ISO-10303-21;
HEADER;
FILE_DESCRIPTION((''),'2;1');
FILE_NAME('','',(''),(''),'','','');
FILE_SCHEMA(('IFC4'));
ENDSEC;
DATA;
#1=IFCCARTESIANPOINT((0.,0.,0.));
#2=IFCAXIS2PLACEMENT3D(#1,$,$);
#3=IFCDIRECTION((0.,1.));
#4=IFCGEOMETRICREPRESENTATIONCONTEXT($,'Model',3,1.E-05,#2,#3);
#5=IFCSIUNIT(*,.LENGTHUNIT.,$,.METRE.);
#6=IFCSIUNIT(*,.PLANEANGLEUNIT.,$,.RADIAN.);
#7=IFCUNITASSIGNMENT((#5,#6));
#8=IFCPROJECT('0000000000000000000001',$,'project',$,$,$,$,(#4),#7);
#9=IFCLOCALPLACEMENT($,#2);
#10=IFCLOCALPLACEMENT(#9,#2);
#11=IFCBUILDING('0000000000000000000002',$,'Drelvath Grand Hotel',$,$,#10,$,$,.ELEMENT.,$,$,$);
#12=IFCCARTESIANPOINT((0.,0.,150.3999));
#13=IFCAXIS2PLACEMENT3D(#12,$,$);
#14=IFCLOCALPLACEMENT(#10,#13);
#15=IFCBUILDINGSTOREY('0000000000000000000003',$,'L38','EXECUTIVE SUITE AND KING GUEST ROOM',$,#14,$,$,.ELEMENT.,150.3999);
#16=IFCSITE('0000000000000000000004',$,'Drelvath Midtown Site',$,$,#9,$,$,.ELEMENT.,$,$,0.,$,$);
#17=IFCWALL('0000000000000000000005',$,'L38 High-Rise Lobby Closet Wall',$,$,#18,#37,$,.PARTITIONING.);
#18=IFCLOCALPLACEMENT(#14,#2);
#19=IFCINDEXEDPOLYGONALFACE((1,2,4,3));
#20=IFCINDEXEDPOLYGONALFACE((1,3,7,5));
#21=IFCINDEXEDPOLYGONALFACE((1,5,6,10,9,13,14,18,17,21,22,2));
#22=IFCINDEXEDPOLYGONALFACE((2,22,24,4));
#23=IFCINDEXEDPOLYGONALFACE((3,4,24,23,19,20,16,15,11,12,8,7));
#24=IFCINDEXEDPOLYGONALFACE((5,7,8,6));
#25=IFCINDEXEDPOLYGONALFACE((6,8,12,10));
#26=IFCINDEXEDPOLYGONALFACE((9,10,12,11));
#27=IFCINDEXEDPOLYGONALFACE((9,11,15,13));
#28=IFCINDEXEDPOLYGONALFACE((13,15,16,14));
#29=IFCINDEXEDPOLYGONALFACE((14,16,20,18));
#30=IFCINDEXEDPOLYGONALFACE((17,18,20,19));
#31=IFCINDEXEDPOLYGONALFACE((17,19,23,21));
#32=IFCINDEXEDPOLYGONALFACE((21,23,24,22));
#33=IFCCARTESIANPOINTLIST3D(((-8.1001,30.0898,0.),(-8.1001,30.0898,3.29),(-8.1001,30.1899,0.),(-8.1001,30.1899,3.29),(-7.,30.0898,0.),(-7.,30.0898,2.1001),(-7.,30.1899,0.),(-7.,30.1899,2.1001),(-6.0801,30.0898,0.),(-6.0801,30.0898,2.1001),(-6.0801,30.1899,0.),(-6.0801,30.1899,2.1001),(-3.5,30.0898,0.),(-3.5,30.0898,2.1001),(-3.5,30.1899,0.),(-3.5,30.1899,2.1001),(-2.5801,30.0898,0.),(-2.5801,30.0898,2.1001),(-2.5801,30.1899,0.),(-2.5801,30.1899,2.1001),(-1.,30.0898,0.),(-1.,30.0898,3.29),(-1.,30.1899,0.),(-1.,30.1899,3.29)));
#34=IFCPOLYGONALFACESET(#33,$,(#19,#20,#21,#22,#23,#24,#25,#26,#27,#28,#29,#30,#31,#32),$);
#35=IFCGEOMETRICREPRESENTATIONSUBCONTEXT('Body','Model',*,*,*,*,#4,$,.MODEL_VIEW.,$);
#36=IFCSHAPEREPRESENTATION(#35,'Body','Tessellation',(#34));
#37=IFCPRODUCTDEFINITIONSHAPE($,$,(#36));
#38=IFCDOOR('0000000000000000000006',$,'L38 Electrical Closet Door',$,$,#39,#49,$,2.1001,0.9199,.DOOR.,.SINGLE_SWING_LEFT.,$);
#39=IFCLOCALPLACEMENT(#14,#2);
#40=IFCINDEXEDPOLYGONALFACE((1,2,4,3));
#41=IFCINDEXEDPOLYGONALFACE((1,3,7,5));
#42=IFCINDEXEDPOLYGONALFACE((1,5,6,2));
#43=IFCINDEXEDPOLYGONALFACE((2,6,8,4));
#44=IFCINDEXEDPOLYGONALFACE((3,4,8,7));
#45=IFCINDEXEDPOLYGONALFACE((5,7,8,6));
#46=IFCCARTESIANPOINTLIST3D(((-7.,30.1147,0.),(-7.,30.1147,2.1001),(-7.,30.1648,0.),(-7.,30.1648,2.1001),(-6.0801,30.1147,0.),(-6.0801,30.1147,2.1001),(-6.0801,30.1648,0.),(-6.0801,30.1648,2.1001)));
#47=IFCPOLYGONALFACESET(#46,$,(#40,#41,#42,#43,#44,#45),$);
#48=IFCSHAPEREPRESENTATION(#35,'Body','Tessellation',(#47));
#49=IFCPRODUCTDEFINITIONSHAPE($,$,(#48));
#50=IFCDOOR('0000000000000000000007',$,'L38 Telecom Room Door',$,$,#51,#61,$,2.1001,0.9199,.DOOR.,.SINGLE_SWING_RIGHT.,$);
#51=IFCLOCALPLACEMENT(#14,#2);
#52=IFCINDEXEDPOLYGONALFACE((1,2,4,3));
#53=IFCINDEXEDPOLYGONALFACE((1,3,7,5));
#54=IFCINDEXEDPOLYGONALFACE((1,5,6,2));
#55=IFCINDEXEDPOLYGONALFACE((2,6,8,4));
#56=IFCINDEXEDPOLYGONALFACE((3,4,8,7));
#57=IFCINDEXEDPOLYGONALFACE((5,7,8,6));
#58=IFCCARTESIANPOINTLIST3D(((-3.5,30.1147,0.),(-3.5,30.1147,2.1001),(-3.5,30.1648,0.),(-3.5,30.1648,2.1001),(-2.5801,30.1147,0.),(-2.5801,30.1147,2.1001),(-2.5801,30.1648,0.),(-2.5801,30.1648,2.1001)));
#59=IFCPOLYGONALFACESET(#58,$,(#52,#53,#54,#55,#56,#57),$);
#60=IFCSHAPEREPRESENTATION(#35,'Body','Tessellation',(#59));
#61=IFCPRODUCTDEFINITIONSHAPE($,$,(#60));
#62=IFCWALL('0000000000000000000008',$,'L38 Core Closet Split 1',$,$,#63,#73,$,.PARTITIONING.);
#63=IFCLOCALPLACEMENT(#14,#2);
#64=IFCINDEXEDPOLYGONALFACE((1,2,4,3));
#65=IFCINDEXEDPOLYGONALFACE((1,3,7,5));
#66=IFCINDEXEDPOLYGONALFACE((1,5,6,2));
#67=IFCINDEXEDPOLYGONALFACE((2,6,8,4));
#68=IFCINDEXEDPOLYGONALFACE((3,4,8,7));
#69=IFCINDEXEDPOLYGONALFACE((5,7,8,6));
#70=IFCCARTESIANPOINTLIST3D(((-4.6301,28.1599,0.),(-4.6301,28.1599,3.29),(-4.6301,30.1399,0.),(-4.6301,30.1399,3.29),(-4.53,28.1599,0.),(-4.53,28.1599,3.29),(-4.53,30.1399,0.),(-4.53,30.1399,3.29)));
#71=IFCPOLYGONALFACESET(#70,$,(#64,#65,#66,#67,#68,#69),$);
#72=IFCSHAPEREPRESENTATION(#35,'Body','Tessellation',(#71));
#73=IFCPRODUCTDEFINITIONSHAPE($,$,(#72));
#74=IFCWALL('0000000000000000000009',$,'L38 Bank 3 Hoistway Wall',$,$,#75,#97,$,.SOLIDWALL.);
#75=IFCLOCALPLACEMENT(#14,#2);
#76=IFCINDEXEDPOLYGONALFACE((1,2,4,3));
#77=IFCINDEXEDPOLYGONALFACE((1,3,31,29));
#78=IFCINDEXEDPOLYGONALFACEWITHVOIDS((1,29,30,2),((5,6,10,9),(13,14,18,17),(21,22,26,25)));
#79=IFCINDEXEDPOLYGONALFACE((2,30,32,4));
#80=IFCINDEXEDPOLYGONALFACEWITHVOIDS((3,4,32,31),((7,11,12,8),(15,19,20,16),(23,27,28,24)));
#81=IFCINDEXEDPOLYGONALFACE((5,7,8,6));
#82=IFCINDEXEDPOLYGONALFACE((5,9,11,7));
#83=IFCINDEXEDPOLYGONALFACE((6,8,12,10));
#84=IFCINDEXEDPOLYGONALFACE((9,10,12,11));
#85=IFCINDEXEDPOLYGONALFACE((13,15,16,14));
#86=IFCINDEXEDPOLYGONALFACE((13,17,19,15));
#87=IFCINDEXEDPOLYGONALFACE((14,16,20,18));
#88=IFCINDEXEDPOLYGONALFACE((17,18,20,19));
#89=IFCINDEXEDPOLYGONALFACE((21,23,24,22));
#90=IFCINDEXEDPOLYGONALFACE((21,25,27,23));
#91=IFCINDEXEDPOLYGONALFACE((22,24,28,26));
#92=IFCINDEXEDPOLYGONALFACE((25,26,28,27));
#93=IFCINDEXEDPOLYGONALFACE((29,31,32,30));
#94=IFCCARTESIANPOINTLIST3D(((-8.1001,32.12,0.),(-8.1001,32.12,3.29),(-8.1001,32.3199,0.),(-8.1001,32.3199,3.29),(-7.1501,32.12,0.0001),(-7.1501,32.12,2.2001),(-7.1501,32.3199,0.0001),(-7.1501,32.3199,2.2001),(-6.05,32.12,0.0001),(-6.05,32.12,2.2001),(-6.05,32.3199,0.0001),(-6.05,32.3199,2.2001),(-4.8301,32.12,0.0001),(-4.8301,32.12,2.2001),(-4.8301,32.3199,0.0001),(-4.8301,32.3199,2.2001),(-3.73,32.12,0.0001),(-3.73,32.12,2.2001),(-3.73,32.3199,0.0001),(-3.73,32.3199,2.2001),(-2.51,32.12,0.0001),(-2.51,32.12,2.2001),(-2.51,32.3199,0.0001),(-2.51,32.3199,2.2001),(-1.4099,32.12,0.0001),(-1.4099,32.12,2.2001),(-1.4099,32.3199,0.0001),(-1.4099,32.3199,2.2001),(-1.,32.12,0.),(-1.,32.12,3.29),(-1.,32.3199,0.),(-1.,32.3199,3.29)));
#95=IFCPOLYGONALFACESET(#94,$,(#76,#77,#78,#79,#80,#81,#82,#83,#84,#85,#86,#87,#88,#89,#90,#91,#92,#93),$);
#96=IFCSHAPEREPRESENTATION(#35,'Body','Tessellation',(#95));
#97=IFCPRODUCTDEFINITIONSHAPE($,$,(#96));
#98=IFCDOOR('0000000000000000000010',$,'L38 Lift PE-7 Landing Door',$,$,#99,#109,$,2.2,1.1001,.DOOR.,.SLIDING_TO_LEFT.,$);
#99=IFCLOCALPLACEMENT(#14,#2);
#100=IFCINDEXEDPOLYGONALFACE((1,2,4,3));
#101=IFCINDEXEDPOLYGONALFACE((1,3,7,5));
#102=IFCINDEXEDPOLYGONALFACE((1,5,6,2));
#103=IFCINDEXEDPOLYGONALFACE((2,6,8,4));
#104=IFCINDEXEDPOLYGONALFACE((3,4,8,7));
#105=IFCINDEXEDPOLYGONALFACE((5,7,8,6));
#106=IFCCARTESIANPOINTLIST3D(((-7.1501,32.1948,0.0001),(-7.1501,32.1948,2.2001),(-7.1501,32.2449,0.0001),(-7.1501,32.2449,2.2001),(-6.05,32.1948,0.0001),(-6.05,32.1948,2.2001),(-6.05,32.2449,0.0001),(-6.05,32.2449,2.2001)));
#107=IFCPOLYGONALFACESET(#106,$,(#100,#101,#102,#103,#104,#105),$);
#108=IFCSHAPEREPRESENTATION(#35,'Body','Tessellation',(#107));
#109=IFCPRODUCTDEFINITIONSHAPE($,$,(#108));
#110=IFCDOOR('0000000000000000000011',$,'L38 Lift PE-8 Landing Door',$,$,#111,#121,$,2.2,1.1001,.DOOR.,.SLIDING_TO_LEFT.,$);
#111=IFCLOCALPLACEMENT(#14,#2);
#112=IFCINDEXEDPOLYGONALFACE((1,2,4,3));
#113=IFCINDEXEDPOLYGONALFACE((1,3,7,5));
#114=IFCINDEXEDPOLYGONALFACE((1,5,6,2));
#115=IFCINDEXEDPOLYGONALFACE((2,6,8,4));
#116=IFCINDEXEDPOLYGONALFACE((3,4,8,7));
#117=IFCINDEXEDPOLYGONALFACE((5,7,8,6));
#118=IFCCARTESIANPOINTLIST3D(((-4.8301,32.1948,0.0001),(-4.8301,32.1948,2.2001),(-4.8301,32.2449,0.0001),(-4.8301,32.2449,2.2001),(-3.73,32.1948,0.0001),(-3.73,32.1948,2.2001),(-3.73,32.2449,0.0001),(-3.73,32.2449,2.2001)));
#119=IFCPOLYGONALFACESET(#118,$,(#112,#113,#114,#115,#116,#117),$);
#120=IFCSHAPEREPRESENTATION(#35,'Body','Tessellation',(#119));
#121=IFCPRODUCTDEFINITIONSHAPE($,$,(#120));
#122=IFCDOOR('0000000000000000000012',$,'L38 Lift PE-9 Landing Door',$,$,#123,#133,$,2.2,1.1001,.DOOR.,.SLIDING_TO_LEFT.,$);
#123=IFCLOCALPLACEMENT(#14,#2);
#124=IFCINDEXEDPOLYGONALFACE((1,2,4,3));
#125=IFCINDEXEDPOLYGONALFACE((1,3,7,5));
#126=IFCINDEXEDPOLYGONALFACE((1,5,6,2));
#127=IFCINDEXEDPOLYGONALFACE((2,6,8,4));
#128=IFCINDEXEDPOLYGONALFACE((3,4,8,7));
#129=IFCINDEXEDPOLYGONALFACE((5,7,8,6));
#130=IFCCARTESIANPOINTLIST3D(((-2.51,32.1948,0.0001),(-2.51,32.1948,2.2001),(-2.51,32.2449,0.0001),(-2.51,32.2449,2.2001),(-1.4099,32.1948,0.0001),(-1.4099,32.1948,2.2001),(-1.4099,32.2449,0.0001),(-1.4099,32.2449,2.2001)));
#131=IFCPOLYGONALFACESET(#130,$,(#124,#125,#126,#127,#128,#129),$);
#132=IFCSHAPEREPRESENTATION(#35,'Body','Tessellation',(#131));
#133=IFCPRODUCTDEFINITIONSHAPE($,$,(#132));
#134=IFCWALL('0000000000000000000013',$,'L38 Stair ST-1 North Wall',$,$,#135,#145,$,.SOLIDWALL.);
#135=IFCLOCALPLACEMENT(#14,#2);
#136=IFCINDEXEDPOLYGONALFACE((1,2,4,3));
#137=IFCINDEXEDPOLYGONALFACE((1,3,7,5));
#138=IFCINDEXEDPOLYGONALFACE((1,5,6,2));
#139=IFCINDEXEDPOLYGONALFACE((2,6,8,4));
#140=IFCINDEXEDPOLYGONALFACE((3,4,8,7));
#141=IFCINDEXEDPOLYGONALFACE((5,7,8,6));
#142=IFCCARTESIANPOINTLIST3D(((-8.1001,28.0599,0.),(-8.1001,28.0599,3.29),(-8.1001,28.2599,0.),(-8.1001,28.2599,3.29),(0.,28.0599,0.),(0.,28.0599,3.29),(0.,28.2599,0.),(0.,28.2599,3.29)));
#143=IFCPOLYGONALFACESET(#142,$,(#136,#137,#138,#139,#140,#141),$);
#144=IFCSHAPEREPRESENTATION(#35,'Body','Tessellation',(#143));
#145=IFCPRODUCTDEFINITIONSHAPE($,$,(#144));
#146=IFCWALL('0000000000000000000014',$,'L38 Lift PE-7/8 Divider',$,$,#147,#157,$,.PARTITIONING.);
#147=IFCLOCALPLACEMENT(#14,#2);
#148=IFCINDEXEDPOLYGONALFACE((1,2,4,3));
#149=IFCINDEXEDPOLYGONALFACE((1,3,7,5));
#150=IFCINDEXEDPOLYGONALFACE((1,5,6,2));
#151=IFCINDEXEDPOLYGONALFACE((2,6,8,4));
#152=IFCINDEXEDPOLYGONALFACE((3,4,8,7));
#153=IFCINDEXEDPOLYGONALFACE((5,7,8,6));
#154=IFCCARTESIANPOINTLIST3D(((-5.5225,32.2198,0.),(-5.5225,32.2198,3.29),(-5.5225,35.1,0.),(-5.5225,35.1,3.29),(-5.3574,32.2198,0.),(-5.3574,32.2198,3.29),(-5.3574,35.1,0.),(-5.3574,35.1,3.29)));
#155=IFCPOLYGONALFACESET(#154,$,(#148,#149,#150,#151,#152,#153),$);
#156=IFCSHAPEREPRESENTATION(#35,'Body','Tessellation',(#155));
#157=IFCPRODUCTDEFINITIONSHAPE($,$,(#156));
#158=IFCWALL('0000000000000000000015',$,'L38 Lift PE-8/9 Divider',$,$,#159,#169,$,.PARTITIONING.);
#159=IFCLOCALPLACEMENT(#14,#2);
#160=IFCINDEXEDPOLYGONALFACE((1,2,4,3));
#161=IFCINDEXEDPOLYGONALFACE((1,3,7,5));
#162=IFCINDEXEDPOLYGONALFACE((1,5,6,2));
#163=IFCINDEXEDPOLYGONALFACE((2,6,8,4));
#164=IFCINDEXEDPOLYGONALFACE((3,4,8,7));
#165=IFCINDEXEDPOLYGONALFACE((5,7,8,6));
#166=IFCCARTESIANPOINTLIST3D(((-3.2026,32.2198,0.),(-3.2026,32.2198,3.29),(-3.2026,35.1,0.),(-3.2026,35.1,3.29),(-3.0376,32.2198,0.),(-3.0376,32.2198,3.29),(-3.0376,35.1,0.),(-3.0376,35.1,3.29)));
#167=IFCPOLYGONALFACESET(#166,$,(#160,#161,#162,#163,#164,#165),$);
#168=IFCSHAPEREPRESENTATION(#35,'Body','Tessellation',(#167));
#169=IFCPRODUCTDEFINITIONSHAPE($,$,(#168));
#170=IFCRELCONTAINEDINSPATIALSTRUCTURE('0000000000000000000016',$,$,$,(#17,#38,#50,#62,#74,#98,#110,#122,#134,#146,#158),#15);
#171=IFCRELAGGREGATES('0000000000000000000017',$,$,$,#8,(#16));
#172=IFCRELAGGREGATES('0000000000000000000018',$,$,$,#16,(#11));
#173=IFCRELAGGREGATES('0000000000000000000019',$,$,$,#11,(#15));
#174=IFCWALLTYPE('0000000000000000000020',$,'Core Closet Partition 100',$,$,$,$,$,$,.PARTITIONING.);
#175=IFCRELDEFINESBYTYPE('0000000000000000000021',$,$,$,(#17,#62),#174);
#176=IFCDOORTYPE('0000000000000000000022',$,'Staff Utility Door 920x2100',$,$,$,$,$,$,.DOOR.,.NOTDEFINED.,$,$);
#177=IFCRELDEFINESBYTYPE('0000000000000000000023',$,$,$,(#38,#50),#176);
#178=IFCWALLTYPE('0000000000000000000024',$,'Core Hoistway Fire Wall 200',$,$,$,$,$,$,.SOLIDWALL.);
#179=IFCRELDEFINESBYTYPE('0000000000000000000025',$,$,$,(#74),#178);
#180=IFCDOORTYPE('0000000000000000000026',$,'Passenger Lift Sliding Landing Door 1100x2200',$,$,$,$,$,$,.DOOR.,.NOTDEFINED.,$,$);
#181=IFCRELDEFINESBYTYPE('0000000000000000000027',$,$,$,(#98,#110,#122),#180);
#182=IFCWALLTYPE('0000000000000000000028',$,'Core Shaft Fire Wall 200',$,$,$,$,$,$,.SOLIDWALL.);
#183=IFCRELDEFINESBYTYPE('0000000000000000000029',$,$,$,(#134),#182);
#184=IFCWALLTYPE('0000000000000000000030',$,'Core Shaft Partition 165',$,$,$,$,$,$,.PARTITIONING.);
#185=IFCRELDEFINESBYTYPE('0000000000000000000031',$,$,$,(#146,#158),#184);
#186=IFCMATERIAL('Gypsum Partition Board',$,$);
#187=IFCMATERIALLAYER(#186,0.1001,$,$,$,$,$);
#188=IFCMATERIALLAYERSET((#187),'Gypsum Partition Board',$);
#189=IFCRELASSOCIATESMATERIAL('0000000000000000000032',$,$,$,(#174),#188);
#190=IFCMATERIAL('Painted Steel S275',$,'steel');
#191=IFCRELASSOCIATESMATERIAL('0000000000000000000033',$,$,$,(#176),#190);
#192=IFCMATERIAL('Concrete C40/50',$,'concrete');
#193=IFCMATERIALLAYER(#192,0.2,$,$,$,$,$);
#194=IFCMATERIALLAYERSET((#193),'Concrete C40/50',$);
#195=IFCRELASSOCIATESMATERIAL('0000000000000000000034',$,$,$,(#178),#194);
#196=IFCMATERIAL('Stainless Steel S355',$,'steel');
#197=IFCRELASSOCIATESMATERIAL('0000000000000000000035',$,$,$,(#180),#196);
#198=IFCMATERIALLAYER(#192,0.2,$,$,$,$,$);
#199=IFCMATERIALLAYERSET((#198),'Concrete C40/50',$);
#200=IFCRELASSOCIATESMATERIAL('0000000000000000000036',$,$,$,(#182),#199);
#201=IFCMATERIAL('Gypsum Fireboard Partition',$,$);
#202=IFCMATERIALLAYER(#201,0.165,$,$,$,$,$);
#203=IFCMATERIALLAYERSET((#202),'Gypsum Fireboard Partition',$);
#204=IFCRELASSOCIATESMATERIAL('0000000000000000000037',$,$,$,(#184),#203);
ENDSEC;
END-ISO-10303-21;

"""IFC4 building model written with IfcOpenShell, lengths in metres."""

from ifc_helpers import new_model, si_unit, direction, frame, frame_2d, origin, place, context, subcontext, project, spatial, rectangle, extrude, material, layer, layer_set, type_object, element, fill, save


model = new_model("IFC4")

# Units and contexts
model_context = context("Model", 3, precision=1e-05, world=origin(), true_north=direction((0.0, 1.0)))
body_context = subcontext(model_context, "Body", "Model", "MODEL_VIEW")
ifc_project = project(units=[si_unit("LENGTHUNIT", "METRE"), si_unit("PLANEANGLEUNIT", "RADIAN")], contexts=[model_context])

# Site, building, storey
site_placement = place(None, origin())
site = spatial("IfcSite", under=ifc_project, at=site_placement, Name="Drelvath Midtown Site", CompositionType="ELEMENT", RefElevation=0.0)
building_placement = place(site_placement, origin())
building = spatial("IfcBuilding", under=site, at=building_placement, Name="Drelvath Grand Hotel", CompositionType="ELEMENT")
storey_placement = place(building_placement, frame((0.0, 0.0, 150.3999)))
storey = spatial("IfcBuildingStorey", under=building, at=storey_placement, Name="L38", Description="EXECUTIVE SUITE AND KING GUEST ROOM", CompositionType="ELEMENT", Elevation=150.3999)

# Wall, openings, doors
ifc_material_1 = material(Name="Gypsum Partition Board")
ifc_layer_1 = layer(ifc_material_1, 0.1001)
ifc_layer_set_1 = layer_set([ifc_layer_1], Name="Gypsum Partition Board")
wall_type_1 = type_object("IfcWallType", Name="Core Closet Partition 100", PredefinedType="PARTITIONING", material=ifc_layer_set_1)
wall_1_placement = place(storey_placement, frame((-8.1001, 30.1399, 0.0), z_axis=(0.0, 0.0, 1.0), x_axis=(1.0, 0.0, 0.0)))
wall_1 = element("IfcWall", 1, at=wall_1_placement, inside=storey, type_object=wall_type_1, Name="L38 High-Rise Lobby Closet Wall", PredefinedType="PARTITIONING", context=body_context, shape_type="SweptSolid", body=[
    extrude(rectangle(XDim=7.1001, YDim=0.1001, at=frame_2d((3.55, 0.0))), origin(), (0.0, 0.0, 1.0), 3.29),
])
opening_1_placement = place(wall_1_placement, frame((1.1001, 0.0, 0.0)))
opening_1 = element("IfcOpeningElement", 2, at=opening_1_placement, cuts=wall_1, PredefinedType="OPENING", context=body_context, shape_type="SweptSolid", body=[
    extrude(rectangle(XDim=0.9199, YDim=2.1001, at=frame_2d((0.46, 1.05))), frame((0.0, 0.0601, 0.0), z_axis=(0.0, -1.0, 0.0), x_axis=(1.0, 0.0, 0.0)), (0.0, 0.0, 1.0), 0.1201),
])
opening_2_placement = place(wall_1_placement, frame((4.6001, 0.0, 0.0)))
opening_2 = element("IfcOpeningElement", 3, at=opening_2_placement, cuts=wall_1, PredefinedType="OPENING", context=body_context, shape_type="SweptSolid", body=[
    extrude(rectangle(XDim=0.9199, YDim=2.1001, at=frame_2d((0.46, 1.05))), frame((0.0, 0.0601, 0.0), z_axis=(0.0, -1.0, 0.0), x_axis=(1.0, 0.0, 0.0)), (0.0, 0.0, 1.0), 0.1201),
])
ifc_material_2 = material(Name="Painted Steel S275", Category="steel")
door_type_1 = type_object("IfcDoorType", Name="Staff Utility Door 920x2100", OperationType="NOTDEFINED", PredefinedType="DOOR", material=ifc_material_2)
door_1_placement = place(opening_1_placement, origin())
door_1 = element("IfcDoor", 4, at=door_1_placement, inside=storey, type_object=door_type_1, Name="L38 Electrical Closet Door", OperationType="SINGLE_SWING_LEFT", OverallHeight=2.1001, OverallWidth=0.9199, PredefinedType="DOOR", context=body_context, shape_type="SweptSolid", body=[
    extrude(rectangle(XDim=0.9199, YDim=2.1001, at=frame_2d((0.46, 1.05))), frame((0.0, 0.0249, 0.0), z_axis=(0.0, -1.0, 0.0), x_axis=(1.0, 0.0, 0.0)), (0.0, 0.0, 1.0), 0.05),
])
fill(opening_1, door_1)
door_2_placement = place(opening_2_placement, origin())
door_2 = element("IfcDoor", 5, at=door_2_placement, inside=storey, type_object=door_type_1, Name="L38 Telecom Room Door", OperationType="SINGLE_SWING_RIGHT", OverallHeight=2.1001, OverallWidth=0.9199, PredefinedType="DOOR", context=body_context, shape_type="SweptSolid", body=[
    extrude(rectangle(XDim=0.9199, YDim=2.1001, at=frame_2d((0.46, 1.05))), frame((0.0, 0.0249, 0.0), z_axis=(0.0, -1.0, 0.0), x_axis=(1.0, 0.0, 0.0)), (0.0, 0.0, 1.0), 0.05),
])
fill(opening_2, door_2)

# Wall
wall_2_placement = place(storey_placement, frame((-4.5801, 28.1599, 0.0), z_axis=(0.0, 0.0, 1.0), x_axis=(0.0, 1.0, 0.0)))
element("IfcWall", 6, at=wall_2_placement, inside=storey, type_object=wall_type_1, Name="L38 Core Closet Split 1", PredefinedType="PARTITIONING", context=body_context, shape_type="SweptSolid", body=[
    extrude(rectangle(XDim=1.98, YDim=0.1001, at=frame_2d((0.99, 0.0))), origin(), (0.0, 0.0, 1.0), 3.29),
])

# Wall, openings, doors
ifc_material_3 = material(Name="Concrete C40/50", Category="concrete")
ifc_layer_2 = layer(ifc_material_3, 0.2)
ifc_layer_set_2 = layer_set([ifc_layer_2], Name="Concrete C40/50")
wall_type_2 = type_object("IfcWallType", Name="Core Hoistway Fire Wall 200", PredefinedType="SOLIDWALL", material=ifc_layer_set_2)
wall_3_placement = place(storey_placement, frame((-8.1001, 32.22, 0.0), z_axis=(0.0, 0.0, 1.0), x_axis=(1.0, 0.0, 0.0)))
wall_3 = element("IfcWall", 7, at=wall_3_placement, inside=storey, type_object=wall_type_2, Name="L38 Bank 3 Hoistway Wall", PredefinedType="SOLIDWALL", context=body_context, shape_type="SweptSolid", body=[
    extrude(rectangle(XDim=7.1001, YDim=0.2, at=frame_2d((3.55, 0.0))), origin(), (0.0, 0.0, 1.0), 3.29),
])
opening_3_placement = place(wall_3_placement, frame((0.95, 0.0, 0.0)))
opening_3 = element("IfcOpeningElement", 8, at=opening_3_placement, cuts=wall_3, PredefinedType="OPENING", context=body_context, shape_type="SweptSolid", body=[
    extrude(rectangle(XDim=1.1001, YDim=2.2, at=frame_2d((0.55, 1.1001))), frame((0.0, 0.1099, 0.0), z_axis=(0.0, -1.0, 0.0), x_axis=(1.0, 0.0, 0.0)), (0.0, 0.0, 1.0), 0.22),
])
opening_4_placement = place(wall_3_placement, frame((3.27, 0.0, 0.0)))
opening_4 = element("IfcOpeningElement", 9, at=opening_4_placement, cuts=wall_3, PredefinedType="OPENING", context=body_context, shape_type="SweptSolid", body=[
    extrude(rectangle(XDim=1.1001, YDim=2.2, at=frame_2d((0.55, 1.1001))), frame((0.0, 0.1099, 0.0), z_axis=(0.0, -1.0, 0.0), x_axis=(1.0, 0.0, 0.0)), (0.0, 0.0, 1.0), 0.22),
])
opening_5_placement = place(wall_3_placement, frame((5.5901, 0.0, 0.0)))
opening_5 = element("IfcOpeningElement", 10, at=opening_5_placement, cuts=wall_3, PredefinedType="OPENING", context=body_context, shape_type="SweptSolid", body=[
    extrude(rectangle(XDim=1.1001, YDim=2.2, at=frame_2d((0.55, 1.1001))), frame((0.0, 0.1099, 0.0), z_axis=(0.0, -1.0, 0.0), x_axis=(1.0, 0.0, 0.0)), (0.0, 0.0, 1.0), 0.22),
])
ifc_material_4 = material(Name="Stainless Steel S355", Category="steel")
door_type_2 = type_object("IfcDoorType", Name="Passenger Lift Sliding Landing Door 1100x2200", OperationType="NOTDEFINED", PredefinedType="DOOR", material=ifc_material_4)
door_3_placement = place(opening_3_placement, origin())
door_3 = element("IfcDoor", 11, at=door_3_placement, inside=storey, type_object=door_type_2, Name="L38 Lift PE-7 Landing Door", OperationType="SLIDING_TO_LEFT", OverallHeight=2.2, OverallWidth=1.1001, PredefinedType="DOOR", context=body_context, shape_type="SweptSolid", body=[
    extrude(rectangle(XDim=1.1001, YDim=2.2, at=frame_2d((0.55, 1.1001))), frame((0.0, 0.0249, 0.0), z_axis=(0.0, -1.0, 0.0), x_axis=(1.0, 0.0, 0.0)), (0.0, 0.0, 1.0), 0.05),
])
fill(opening_3, door_3)
door_4_placement = place(opening_4_placement, origin())
door_4 = element("IfcDoor", 12, at=door_4_placement, inside=storey, type_object=door_type_2, Name="L38 Lift PE-8 Landing Door", OperationType="SLIDING_TO_LEFT", OverallHeight=2.2, OverallWidth=1.1001, PredefinedType="DOOR", context=body_context, shape_type="SweptSolid", body=[
    extrude(rectangle(XDim=1.1001, YDim=2.2, at=frame_2d((0.55, 1.1001))), frame((0.0, 0.0249, 0.0), z_axis=(0.0, -1.0, 0.0), x_axis=(1.0, 0.0, 0.0)), (0.0, 0.0, 1.0), 0.05),
])
fill(opening_4, door_4)
door_5_placement = place(opening_5_placement, origin())
door_5 = element("IfcDoor", 13, at=door_5_placement, inside=storey, type_object=door_type_2, Name="L38 Lift PE-9 Landing Door", OperationType="SLIDING_TO_LEFT", OverallHeight=2.2, OverallWidth=1.1001, PredefinedType="DOOR", context=body_context, shape_type="SweptSolid", body=[
    extrude(rectangle(XDim=1.1001, YDim=2.2, at=frame_2d((0.55, 1.1001))), frame((0.0, 0.0249, 0.0), z_axis=(0.0, -1.0, 0.0), x_axis=(1.0, 0.0, 0.0)), (0.0, 0.0, 1.0), 0.05),
])
fill(opening_5, door_5)

# Walls
ifc_layer_3 = layer(ifc_material_3, 0.2)
ifc_layer_set_3 = layer_set([ifc_layer_3], Name="Concrete C40/50")
wall_type_3 = type_object("IfcWallType", Name="Core Shaft Fire Wall 200", PredefinedType="SOLIDWALL", material=ifc_layer_set_3)
wall_4_placement = place(storey_placement, frame((-8.1001, 28.1599, 0.0), z_axis=(0.0, 0.0, 1.0), x_axis=(1.0, 0.0, 0.0)))
element("IfcWall", 14, at=wall_4_placement, inside=storey, type_object=wall_type_3, Name="L38 Stair ST-1 North Wall", PredefinedType="SOLIDWALL", context=body_context, shape_type="SweptSolid", body=[
    extrude(rectangle(XDim=8.1001, YDim=0.2, at=frame_2d((4.05, 0.0))), origin(), (0.0, 0.0, 1.0), 3.29),
])
ifc_material_5 = material(Name="Gypsum Fireboard Partition")
ifc_layer_4 = layer(ifc_material_5, 0.165)
ifc_layer_set_4 = layer_set([ifc_layer_4], Name="Gypsum Fireboard Partition")
wall_type_4 = type_object("IfcWallType", Name="Core Shaft Partition 165", PredefinedType="PARTITIONING", material=ifc_layer_set_4)
for number, where, z_axis, x_axis, name in (
    (15, (-5.4399, 32.22, 0.0), (0.0, 0.0, 1.0), (0.0, 1.0, 0.0), "L38 Lift PE-7/8 Divider"),
    (16, (-3.1201, 32.22, 0.0), (0.0, 0.0, 1.0), (0.0, 1.0, 0.0), "L38 Lift PE-8/9 Divider"),
):
    element("IfcWall", number, at=place(storey_placement, frame(where, z_axis=z_axis, x_axis=x_axis)), inside=storey, type_object=wall_type_4, Name=name, PredefinedType="PARTITIONING", context=body_context, shape_type="SweptSolid", body=[
        extrude(rectangle(XDim=2.8801, YDim=0.165, at=frame_2d((1.4399, 0.0))), origin(), (0.0, 0.0, 1.0), 3.29),
    ])

save(model, "model.ifc")
